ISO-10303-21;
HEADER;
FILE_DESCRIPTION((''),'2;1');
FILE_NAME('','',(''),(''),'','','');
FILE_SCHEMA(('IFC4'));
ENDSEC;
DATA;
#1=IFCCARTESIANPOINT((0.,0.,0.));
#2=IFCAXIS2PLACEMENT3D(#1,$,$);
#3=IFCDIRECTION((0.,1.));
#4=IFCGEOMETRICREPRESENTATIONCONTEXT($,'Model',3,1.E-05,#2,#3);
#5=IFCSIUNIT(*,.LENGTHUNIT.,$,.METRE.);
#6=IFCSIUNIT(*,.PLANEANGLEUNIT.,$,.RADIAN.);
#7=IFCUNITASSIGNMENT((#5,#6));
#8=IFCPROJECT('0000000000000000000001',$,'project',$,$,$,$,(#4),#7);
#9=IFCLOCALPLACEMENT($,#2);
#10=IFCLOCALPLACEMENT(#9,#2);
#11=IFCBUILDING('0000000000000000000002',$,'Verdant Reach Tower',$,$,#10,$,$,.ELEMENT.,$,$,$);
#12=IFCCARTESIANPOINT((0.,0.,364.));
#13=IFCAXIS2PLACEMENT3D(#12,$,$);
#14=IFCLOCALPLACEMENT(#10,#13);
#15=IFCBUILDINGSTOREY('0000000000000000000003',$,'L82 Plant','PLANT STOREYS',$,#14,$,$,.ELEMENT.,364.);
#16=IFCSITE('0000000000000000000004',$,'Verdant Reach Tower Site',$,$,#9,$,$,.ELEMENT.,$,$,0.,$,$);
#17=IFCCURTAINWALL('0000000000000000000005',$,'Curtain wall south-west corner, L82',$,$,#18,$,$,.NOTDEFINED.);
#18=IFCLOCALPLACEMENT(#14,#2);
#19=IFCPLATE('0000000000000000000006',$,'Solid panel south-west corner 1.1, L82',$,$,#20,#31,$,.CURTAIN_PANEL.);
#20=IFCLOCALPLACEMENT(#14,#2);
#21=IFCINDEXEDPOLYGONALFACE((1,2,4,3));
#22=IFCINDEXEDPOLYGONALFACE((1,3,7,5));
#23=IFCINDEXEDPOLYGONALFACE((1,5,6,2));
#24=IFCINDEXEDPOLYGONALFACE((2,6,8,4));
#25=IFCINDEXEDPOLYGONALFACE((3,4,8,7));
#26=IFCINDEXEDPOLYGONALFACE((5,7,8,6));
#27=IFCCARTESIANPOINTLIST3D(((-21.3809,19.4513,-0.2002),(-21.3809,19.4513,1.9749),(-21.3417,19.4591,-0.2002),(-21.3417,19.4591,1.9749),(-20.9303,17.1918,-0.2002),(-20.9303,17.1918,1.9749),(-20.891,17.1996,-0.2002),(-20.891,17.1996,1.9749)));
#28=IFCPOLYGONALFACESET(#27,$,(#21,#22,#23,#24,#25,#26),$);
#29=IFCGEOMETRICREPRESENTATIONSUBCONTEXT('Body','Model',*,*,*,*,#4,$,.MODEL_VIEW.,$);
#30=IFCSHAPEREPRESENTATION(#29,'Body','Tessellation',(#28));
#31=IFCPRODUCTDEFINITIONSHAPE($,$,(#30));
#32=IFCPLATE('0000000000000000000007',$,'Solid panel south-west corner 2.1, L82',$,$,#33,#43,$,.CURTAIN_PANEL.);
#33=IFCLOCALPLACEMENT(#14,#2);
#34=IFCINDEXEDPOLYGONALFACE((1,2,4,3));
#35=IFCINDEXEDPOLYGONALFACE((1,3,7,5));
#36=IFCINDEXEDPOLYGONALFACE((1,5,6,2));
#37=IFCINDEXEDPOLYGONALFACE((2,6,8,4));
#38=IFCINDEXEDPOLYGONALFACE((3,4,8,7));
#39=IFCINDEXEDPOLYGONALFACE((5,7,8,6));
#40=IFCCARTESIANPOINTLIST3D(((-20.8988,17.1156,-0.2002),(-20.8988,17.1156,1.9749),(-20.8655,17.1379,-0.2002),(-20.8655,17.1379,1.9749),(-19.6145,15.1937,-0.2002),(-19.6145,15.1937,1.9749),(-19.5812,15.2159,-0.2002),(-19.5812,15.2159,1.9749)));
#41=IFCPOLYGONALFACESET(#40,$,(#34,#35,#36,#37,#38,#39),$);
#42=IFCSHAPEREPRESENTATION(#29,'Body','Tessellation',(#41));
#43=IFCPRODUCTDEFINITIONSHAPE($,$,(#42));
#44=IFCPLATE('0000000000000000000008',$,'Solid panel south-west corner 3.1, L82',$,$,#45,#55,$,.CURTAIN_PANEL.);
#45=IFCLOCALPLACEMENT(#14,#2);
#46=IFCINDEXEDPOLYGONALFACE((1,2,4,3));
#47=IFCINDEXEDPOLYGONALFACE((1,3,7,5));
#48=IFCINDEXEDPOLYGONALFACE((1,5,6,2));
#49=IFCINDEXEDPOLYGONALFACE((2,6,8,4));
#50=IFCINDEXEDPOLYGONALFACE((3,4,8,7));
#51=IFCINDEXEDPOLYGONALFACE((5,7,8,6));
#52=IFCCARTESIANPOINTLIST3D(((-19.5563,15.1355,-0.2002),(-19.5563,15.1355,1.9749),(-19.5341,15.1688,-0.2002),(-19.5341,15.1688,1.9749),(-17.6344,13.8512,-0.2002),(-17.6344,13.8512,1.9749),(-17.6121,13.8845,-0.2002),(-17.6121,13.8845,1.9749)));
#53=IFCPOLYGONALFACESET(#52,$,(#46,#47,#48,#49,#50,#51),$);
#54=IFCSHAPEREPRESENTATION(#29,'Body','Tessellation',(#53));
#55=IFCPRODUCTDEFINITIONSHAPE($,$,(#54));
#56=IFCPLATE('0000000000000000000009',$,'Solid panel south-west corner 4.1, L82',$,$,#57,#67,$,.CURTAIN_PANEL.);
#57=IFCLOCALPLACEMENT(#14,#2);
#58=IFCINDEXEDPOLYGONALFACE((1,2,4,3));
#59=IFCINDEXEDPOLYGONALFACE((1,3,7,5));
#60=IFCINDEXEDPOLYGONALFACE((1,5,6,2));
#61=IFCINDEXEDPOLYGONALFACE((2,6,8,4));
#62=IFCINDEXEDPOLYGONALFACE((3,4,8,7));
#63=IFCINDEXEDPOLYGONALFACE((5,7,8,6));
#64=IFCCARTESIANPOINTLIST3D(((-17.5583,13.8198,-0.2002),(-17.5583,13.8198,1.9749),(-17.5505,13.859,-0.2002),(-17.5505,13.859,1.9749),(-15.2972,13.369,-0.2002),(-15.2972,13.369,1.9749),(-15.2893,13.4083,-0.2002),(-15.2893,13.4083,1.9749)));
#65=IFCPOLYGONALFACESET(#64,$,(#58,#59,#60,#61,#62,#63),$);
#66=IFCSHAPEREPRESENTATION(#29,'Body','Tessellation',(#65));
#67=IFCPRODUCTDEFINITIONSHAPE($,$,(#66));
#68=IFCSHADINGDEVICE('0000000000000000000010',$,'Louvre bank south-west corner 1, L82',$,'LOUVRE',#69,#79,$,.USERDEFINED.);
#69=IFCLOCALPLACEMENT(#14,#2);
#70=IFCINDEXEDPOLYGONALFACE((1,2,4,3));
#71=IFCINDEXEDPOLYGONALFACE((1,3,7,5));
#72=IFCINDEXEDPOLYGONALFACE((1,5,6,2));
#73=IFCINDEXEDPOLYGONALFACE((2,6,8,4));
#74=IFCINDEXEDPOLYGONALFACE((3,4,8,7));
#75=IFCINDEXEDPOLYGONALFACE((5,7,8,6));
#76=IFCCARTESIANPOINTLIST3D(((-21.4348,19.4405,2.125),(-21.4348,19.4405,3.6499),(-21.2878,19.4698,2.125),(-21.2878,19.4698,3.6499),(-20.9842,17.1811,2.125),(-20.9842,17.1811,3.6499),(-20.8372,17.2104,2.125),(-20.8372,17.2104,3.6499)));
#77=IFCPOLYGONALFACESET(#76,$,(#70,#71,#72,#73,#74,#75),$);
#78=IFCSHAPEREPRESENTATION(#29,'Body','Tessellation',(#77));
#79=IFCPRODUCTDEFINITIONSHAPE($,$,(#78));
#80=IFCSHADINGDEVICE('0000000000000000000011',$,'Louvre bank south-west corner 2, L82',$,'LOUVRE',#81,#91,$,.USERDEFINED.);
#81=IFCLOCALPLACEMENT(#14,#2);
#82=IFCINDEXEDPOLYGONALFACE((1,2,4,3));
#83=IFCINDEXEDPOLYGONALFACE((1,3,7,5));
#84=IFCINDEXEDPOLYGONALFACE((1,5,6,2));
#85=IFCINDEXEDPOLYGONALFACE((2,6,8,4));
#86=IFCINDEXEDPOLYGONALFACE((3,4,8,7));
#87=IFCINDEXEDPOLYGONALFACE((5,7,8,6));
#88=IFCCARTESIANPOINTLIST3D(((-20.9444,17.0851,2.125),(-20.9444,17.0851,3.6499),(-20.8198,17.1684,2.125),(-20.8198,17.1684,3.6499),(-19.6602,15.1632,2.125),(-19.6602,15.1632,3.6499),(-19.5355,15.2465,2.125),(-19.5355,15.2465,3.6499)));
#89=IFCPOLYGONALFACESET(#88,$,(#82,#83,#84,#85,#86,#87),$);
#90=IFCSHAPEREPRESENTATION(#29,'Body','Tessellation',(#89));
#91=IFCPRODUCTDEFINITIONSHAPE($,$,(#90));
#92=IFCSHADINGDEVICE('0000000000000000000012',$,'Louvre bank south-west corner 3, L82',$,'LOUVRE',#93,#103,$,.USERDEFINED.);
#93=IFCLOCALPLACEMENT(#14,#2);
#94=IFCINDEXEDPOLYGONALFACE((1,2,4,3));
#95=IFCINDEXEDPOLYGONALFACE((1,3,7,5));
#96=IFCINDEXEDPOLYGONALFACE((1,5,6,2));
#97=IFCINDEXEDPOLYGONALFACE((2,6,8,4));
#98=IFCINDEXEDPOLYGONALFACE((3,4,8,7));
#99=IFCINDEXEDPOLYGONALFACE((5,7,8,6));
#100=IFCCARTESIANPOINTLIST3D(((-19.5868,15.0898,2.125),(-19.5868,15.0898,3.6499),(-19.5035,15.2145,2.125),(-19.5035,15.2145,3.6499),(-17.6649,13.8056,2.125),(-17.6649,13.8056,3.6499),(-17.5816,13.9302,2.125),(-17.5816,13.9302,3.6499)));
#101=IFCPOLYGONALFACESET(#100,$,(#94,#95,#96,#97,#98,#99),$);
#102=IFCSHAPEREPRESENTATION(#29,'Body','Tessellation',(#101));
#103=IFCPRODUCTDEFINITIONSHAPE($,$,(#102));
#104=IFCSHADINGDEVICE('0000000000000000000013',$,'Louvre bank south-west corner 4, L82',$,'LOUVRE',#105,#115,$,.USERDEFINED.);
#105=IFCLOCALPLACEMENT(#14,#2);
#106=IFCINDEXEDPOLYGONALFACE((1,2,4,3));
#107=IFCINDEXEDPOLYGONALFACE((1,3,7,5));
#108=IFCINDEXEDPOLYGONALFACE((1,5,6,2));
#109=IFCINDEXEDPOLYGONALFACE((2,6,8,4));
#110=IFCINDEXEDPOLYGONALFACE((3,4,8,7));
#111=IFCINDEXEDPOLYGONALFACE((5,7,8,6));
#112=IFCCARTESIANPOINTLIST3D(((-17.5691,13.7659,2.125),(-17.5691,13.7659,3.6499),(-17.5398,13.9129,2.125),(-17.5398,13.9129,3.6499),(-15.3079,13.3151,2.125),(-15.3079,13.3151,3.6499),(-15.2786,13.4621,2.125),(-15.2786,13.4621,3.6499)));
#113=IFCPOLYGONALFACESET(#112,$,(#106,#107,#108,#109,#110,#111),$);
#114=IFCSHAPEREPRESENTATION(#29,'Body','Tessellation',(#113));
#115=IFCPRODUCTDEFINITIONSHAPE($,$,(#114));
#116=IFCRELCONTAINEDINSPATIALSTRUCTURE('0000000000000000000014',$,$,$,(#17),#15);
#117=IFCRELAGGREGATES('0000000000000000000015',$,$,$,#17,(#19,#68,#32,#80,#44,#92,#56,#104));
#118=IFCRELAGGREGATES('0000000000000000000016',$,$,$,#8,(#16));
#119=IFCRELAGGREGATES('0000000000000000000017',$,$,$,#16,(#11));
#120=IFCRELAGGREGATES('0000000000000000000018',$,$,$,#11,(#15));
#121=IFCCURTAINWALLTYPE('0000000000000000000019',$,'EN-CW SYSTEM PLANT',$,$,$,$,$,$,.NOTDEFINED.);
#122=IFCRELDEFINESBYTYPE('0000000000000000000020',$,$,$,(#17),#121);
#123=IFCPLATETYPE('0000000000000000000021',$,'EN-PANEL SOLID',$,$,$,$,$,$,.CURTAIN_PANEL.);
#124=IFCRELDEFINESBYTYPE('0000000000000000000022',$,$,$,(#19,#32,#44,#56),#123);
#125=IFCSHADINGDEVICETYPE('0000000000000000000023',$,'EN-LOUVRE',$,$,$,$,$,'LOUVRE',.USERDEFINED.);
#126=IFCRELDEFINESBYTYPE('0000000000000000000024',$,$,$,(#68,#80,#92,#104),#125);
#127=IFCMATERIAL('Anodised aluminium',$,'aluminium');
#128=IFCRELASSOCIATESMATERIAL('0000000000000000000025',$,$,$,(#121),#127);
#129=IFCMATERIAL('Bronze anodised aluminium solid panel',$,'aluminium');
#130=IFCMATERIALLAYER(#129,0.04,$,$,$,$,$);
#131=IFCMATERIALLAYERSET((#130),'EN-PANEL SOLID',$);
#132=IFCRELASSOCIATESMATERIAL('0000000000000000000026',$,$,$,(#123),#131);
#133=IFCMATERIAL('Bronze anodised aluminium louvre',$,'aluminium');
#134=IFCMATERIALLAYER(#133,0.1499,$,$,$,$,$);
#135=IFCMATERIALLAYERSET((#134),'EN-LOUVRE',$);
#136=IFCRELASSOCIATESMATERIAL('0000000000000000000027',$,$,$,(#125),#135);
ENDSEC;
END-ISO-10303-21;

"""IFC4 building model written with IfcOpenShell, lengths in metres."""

from ifc_helpers import new_model, si_unit, direction, frame, origin, origin_2d, place, context, subcontext, project, spatial, rectangle, extrude, material, layer, layer_set, type_object, element, aggregate, save


model = new_model("IFC4")

# Units and contexts
model_context = context("Model", 3, precision=1e-05, world=origin(), true_north=direction((0.0, 1.0)))
body_context = subcontext(model_context, "Body", "Model", "MODEL_VIEW")
ifc_project = project(units=[si_unit("LENGTHUNIT", "METRE"), si_unit("PLANEANGLEUNIT", "RADIAN")], contexts=[model_context])

# Site, building, storey
site_placement = place(None, origin())
site = spatial("IfcSite", under=ifc_project, at=site_placement, Name="Verdant Reach Tower Site", CompositionType="ELEMENT", RefElevation=0.0)
building_placement = place(site_placement, origin())
building = spatial("IfcBuilding", under=site, at=building_placement, Name="Verdant Reach Tower", CompositionType="ELEMENT")
storey_placement = place(building_placement, frame((0.0, 0.0, 364.0)))
storey = spatial("IfcBuildingStorey", under=building, at=storey_placement, Name="L82 Plant", Description="PLANT STOREYS", CompositionType="ELEMENT", Elevation=364.0)

# Curtain wall
ifc_material_1 = material(Name="Anodised aluminium", Category="aluminium")
curtain_wall_type = type_object("IfcCurtainWallType", Name="EN-CW SYSTEM PLANT", PredefinedType="NOTDEFINED", material=ifc_material_1)
curtain_wall_1_placement = place(storey_placement, origin())
curtain_wall_1 = element("IfcCurtainWall", 1, at=curtain_wall_1_placement, inside=storey, type_object=curtain_wall_type, Name="Curtain wall south-west corner, L82", PredefinedType="NOTDEFINED")

# Plates
ifc_material_2 = material(Name="Bronze anodised aluminium solid panel", Category="aluminium")
ifc_layer_1 = layer(ifc_material_2, 0.04)
ifc_layer_set_1 = layer_set([ifc_layer_1], Name="EN-PANEL SOLID")
plate_type = type_object("IfcPlateType", Name="EN-PANEL SOLID", PredefinedType="CURTAIN_PANEL", material=ifc_layer_set_1)
plate_1_placement = place(storey_placement, frame((-21.136, 18.3254, -0.2002), z_axis=(0.0, 0.0, 1.0), x_axis=(0.195593, -0.980685, 0.0)))
plate_1 = element("IfcPlate", 2, at=plate_1_placement, type_object=plate_type, Name="Solid panel south-west corner 1.1, L82", PredefinedType="CURTAIN_PANEL", context=body_context, shape_type="SweptSolid", body=[
    extrude(rectangle(XDim=2.304, YDim=0.04, at=origin_2d()), origin(), (0.0, 0.0, 1.0), 2.175),
])
plate_2_placement = place(storey_placement, frame((-20.24, 16.1658, -0.2002), z_axis=(0.0, 0.0, 1.0), x_axis=(0.555596, -0.831452, 0.0)))
plate_2 = element("IfcPlate", 3, at=plate_2_placement, type_object=plate_type, Name="Solid panel south-west corner 2.1, L82", PredefinedType="CURTAIN_PANEL", context=body_context, shape_type="SweptSolid", body=[
    extrude(rectangle(XDim=2.3115, YDim=0.04, at=origin_2d()), origin(), (0.0, 0.0, 1.0), 2.175),
])
plate_3_placement = place(storey_placement, frame((-18.5842, 14.51, -0.2002), z_axis=(0.0, 0.0, 1.0), x_axis=(0.831452, -0.555596, 0.0)))
plate_3 = element("IfcPlate", 4, at=plate_3_placement, type_object=plate_type, Name="Solid panel south-west corner 3.1, L82", PredefinedType="CURTAIN_PANEL", context=body_context, shape_type="SweptSolid", body=[
    extrude(rectangle(XDim=2.3115, YDim=0.04, at=origin_2d()), origin(), (0.0, 0.0, 1.0), 2.175),
])
plate_4_placement = place(storey_placement, frame((-16.4238, 13.614, -0.2002), z_axis=(0.0, 0.0, 1.0), x_axis=(0.980705, -0.195493, 0.0)))
plate_4 = element("IfcPlate", 5, at=plate_4_placement, type_object=plate_type, Name="Solid panel south-west corner 4.1, L82", PredefinedType="CURTAIN_PANEL", context=body_context, shape_type="SweptSolid", body=[
    extrude(rectangle(XDim=2.3057, YDim=0.04, at=origin_2d()), origin(), (0.0, 0.0, 1.0), 2.175),
])

# Shading devices
ifc_material_3 = material(Name="Bronze anodised aluminium louvre", Category="aluminium")
ifc_layer_2 = layer(ifc_material_3, 0.1499)
ifc_layer_set_2 = layer_set([ifc_layer_2], Name="EN-LOUVRE")
shading_device_type = type_object("IfcShadingDeviceType", Name="EN-LOUVRE", ElementType="LOUVRE", PredefinedType="USERDEFINED", material=ifc_layer_set_2)
shading_device_1_placement = place(storey_placement, frame((-21.136, 18.3254, 2.125), z_axis=(0.0, 0.0, 1.0), x_axis=(0.195593, -0.980685, 0.0)))
shading_device_1 = element("IfcShadingDevice", 6, at=shading_device_1_placement, type_object=shading_device_type, Name="Louvre bank south-west corner 1, L82", ObjectType="LOUVRE", PredefinedType="USERDEFINED", context=body_context, shape_type="SweptSolid", body=[
    extrude(rectangle(XDim=2.304, YDim=0.1499, at=origin_2d()), origin(), (0.0, 0.0, 1.0), 1.5249),
])
shading_device_2_placement = place(storey_placement, frame((-20.24, 16.1658, 2.125), z_axis=(0.0, 0.0, 1.0), x_axis=(0.555596, -0.831452, 0.0)))
shading_device_2 = element("IfcShadingDevice", 7, at=shading_device_2_placement, type_object=shading_device_type, Name="Louvre bank south-west corner 2, L82", ObjectType="LOUVRE", PredefinedType="USERDEFINED", context=body_context, shape_type="SweptSolid", body=[
    extrude(rectangle(XDim=2.3115, YDim=0.1499, at=origin_2d()), origin(), (0.0, 0.0, 1.0), 1.5249),
])
shading_device_3_placement = place(storey_placement, frame((-18.5842, 14.51, 2.125), z_axis=(0.0, 0.0, 1.0), x_axis=(0.831452, -0.555596, 0.0)))
shading_device_3 = element("IfcShadingDevice", 8, at=shading_device_3_placement, type_object=shading_device_type, Name="Louvre bank south-west corner 3, L82", ObjectType="LOUVRE", PredefinedType="USERDEFINED", context=body_context, shape_type="SweptSolid", body=[
    extrude(rectangle(XDim=2.3115, YDim=0.1499, at=origin_2d()), origin(), (0.0, 0.0, 1.0), 1.5249),
])
shading_device_4_placement = place(storey_placement, frame((-16.4238, 13.614, 2.125), z_axis=(0.0, 0.0, 1.0), x_axis=(0.980705, -0.195493, 0.0)))
shading_device_4 = element("IfcShadingDevice", 9, at=shading_device_4_placement, type_object=shading_device_type, Name="Louvre bank south-west corner 4, L82", ObjectType="LOUVRE", PredefinedType="USERDEFINED", context=body_context, shape_type="SweptSolid", body=[
    extrude(rectangle(XDim=2.3057, YDim=0.1499, at=origin_2d()), origin(), (0.0, 0.0, 1.0), 1.5249),
])
aggregate(curtain_wall_1, [plate_1, shading_device_1, plate_2, shading_device_2, plate_3, shading_device_3, plate_4, shading_device_4])

save(model, "model.ifc")
